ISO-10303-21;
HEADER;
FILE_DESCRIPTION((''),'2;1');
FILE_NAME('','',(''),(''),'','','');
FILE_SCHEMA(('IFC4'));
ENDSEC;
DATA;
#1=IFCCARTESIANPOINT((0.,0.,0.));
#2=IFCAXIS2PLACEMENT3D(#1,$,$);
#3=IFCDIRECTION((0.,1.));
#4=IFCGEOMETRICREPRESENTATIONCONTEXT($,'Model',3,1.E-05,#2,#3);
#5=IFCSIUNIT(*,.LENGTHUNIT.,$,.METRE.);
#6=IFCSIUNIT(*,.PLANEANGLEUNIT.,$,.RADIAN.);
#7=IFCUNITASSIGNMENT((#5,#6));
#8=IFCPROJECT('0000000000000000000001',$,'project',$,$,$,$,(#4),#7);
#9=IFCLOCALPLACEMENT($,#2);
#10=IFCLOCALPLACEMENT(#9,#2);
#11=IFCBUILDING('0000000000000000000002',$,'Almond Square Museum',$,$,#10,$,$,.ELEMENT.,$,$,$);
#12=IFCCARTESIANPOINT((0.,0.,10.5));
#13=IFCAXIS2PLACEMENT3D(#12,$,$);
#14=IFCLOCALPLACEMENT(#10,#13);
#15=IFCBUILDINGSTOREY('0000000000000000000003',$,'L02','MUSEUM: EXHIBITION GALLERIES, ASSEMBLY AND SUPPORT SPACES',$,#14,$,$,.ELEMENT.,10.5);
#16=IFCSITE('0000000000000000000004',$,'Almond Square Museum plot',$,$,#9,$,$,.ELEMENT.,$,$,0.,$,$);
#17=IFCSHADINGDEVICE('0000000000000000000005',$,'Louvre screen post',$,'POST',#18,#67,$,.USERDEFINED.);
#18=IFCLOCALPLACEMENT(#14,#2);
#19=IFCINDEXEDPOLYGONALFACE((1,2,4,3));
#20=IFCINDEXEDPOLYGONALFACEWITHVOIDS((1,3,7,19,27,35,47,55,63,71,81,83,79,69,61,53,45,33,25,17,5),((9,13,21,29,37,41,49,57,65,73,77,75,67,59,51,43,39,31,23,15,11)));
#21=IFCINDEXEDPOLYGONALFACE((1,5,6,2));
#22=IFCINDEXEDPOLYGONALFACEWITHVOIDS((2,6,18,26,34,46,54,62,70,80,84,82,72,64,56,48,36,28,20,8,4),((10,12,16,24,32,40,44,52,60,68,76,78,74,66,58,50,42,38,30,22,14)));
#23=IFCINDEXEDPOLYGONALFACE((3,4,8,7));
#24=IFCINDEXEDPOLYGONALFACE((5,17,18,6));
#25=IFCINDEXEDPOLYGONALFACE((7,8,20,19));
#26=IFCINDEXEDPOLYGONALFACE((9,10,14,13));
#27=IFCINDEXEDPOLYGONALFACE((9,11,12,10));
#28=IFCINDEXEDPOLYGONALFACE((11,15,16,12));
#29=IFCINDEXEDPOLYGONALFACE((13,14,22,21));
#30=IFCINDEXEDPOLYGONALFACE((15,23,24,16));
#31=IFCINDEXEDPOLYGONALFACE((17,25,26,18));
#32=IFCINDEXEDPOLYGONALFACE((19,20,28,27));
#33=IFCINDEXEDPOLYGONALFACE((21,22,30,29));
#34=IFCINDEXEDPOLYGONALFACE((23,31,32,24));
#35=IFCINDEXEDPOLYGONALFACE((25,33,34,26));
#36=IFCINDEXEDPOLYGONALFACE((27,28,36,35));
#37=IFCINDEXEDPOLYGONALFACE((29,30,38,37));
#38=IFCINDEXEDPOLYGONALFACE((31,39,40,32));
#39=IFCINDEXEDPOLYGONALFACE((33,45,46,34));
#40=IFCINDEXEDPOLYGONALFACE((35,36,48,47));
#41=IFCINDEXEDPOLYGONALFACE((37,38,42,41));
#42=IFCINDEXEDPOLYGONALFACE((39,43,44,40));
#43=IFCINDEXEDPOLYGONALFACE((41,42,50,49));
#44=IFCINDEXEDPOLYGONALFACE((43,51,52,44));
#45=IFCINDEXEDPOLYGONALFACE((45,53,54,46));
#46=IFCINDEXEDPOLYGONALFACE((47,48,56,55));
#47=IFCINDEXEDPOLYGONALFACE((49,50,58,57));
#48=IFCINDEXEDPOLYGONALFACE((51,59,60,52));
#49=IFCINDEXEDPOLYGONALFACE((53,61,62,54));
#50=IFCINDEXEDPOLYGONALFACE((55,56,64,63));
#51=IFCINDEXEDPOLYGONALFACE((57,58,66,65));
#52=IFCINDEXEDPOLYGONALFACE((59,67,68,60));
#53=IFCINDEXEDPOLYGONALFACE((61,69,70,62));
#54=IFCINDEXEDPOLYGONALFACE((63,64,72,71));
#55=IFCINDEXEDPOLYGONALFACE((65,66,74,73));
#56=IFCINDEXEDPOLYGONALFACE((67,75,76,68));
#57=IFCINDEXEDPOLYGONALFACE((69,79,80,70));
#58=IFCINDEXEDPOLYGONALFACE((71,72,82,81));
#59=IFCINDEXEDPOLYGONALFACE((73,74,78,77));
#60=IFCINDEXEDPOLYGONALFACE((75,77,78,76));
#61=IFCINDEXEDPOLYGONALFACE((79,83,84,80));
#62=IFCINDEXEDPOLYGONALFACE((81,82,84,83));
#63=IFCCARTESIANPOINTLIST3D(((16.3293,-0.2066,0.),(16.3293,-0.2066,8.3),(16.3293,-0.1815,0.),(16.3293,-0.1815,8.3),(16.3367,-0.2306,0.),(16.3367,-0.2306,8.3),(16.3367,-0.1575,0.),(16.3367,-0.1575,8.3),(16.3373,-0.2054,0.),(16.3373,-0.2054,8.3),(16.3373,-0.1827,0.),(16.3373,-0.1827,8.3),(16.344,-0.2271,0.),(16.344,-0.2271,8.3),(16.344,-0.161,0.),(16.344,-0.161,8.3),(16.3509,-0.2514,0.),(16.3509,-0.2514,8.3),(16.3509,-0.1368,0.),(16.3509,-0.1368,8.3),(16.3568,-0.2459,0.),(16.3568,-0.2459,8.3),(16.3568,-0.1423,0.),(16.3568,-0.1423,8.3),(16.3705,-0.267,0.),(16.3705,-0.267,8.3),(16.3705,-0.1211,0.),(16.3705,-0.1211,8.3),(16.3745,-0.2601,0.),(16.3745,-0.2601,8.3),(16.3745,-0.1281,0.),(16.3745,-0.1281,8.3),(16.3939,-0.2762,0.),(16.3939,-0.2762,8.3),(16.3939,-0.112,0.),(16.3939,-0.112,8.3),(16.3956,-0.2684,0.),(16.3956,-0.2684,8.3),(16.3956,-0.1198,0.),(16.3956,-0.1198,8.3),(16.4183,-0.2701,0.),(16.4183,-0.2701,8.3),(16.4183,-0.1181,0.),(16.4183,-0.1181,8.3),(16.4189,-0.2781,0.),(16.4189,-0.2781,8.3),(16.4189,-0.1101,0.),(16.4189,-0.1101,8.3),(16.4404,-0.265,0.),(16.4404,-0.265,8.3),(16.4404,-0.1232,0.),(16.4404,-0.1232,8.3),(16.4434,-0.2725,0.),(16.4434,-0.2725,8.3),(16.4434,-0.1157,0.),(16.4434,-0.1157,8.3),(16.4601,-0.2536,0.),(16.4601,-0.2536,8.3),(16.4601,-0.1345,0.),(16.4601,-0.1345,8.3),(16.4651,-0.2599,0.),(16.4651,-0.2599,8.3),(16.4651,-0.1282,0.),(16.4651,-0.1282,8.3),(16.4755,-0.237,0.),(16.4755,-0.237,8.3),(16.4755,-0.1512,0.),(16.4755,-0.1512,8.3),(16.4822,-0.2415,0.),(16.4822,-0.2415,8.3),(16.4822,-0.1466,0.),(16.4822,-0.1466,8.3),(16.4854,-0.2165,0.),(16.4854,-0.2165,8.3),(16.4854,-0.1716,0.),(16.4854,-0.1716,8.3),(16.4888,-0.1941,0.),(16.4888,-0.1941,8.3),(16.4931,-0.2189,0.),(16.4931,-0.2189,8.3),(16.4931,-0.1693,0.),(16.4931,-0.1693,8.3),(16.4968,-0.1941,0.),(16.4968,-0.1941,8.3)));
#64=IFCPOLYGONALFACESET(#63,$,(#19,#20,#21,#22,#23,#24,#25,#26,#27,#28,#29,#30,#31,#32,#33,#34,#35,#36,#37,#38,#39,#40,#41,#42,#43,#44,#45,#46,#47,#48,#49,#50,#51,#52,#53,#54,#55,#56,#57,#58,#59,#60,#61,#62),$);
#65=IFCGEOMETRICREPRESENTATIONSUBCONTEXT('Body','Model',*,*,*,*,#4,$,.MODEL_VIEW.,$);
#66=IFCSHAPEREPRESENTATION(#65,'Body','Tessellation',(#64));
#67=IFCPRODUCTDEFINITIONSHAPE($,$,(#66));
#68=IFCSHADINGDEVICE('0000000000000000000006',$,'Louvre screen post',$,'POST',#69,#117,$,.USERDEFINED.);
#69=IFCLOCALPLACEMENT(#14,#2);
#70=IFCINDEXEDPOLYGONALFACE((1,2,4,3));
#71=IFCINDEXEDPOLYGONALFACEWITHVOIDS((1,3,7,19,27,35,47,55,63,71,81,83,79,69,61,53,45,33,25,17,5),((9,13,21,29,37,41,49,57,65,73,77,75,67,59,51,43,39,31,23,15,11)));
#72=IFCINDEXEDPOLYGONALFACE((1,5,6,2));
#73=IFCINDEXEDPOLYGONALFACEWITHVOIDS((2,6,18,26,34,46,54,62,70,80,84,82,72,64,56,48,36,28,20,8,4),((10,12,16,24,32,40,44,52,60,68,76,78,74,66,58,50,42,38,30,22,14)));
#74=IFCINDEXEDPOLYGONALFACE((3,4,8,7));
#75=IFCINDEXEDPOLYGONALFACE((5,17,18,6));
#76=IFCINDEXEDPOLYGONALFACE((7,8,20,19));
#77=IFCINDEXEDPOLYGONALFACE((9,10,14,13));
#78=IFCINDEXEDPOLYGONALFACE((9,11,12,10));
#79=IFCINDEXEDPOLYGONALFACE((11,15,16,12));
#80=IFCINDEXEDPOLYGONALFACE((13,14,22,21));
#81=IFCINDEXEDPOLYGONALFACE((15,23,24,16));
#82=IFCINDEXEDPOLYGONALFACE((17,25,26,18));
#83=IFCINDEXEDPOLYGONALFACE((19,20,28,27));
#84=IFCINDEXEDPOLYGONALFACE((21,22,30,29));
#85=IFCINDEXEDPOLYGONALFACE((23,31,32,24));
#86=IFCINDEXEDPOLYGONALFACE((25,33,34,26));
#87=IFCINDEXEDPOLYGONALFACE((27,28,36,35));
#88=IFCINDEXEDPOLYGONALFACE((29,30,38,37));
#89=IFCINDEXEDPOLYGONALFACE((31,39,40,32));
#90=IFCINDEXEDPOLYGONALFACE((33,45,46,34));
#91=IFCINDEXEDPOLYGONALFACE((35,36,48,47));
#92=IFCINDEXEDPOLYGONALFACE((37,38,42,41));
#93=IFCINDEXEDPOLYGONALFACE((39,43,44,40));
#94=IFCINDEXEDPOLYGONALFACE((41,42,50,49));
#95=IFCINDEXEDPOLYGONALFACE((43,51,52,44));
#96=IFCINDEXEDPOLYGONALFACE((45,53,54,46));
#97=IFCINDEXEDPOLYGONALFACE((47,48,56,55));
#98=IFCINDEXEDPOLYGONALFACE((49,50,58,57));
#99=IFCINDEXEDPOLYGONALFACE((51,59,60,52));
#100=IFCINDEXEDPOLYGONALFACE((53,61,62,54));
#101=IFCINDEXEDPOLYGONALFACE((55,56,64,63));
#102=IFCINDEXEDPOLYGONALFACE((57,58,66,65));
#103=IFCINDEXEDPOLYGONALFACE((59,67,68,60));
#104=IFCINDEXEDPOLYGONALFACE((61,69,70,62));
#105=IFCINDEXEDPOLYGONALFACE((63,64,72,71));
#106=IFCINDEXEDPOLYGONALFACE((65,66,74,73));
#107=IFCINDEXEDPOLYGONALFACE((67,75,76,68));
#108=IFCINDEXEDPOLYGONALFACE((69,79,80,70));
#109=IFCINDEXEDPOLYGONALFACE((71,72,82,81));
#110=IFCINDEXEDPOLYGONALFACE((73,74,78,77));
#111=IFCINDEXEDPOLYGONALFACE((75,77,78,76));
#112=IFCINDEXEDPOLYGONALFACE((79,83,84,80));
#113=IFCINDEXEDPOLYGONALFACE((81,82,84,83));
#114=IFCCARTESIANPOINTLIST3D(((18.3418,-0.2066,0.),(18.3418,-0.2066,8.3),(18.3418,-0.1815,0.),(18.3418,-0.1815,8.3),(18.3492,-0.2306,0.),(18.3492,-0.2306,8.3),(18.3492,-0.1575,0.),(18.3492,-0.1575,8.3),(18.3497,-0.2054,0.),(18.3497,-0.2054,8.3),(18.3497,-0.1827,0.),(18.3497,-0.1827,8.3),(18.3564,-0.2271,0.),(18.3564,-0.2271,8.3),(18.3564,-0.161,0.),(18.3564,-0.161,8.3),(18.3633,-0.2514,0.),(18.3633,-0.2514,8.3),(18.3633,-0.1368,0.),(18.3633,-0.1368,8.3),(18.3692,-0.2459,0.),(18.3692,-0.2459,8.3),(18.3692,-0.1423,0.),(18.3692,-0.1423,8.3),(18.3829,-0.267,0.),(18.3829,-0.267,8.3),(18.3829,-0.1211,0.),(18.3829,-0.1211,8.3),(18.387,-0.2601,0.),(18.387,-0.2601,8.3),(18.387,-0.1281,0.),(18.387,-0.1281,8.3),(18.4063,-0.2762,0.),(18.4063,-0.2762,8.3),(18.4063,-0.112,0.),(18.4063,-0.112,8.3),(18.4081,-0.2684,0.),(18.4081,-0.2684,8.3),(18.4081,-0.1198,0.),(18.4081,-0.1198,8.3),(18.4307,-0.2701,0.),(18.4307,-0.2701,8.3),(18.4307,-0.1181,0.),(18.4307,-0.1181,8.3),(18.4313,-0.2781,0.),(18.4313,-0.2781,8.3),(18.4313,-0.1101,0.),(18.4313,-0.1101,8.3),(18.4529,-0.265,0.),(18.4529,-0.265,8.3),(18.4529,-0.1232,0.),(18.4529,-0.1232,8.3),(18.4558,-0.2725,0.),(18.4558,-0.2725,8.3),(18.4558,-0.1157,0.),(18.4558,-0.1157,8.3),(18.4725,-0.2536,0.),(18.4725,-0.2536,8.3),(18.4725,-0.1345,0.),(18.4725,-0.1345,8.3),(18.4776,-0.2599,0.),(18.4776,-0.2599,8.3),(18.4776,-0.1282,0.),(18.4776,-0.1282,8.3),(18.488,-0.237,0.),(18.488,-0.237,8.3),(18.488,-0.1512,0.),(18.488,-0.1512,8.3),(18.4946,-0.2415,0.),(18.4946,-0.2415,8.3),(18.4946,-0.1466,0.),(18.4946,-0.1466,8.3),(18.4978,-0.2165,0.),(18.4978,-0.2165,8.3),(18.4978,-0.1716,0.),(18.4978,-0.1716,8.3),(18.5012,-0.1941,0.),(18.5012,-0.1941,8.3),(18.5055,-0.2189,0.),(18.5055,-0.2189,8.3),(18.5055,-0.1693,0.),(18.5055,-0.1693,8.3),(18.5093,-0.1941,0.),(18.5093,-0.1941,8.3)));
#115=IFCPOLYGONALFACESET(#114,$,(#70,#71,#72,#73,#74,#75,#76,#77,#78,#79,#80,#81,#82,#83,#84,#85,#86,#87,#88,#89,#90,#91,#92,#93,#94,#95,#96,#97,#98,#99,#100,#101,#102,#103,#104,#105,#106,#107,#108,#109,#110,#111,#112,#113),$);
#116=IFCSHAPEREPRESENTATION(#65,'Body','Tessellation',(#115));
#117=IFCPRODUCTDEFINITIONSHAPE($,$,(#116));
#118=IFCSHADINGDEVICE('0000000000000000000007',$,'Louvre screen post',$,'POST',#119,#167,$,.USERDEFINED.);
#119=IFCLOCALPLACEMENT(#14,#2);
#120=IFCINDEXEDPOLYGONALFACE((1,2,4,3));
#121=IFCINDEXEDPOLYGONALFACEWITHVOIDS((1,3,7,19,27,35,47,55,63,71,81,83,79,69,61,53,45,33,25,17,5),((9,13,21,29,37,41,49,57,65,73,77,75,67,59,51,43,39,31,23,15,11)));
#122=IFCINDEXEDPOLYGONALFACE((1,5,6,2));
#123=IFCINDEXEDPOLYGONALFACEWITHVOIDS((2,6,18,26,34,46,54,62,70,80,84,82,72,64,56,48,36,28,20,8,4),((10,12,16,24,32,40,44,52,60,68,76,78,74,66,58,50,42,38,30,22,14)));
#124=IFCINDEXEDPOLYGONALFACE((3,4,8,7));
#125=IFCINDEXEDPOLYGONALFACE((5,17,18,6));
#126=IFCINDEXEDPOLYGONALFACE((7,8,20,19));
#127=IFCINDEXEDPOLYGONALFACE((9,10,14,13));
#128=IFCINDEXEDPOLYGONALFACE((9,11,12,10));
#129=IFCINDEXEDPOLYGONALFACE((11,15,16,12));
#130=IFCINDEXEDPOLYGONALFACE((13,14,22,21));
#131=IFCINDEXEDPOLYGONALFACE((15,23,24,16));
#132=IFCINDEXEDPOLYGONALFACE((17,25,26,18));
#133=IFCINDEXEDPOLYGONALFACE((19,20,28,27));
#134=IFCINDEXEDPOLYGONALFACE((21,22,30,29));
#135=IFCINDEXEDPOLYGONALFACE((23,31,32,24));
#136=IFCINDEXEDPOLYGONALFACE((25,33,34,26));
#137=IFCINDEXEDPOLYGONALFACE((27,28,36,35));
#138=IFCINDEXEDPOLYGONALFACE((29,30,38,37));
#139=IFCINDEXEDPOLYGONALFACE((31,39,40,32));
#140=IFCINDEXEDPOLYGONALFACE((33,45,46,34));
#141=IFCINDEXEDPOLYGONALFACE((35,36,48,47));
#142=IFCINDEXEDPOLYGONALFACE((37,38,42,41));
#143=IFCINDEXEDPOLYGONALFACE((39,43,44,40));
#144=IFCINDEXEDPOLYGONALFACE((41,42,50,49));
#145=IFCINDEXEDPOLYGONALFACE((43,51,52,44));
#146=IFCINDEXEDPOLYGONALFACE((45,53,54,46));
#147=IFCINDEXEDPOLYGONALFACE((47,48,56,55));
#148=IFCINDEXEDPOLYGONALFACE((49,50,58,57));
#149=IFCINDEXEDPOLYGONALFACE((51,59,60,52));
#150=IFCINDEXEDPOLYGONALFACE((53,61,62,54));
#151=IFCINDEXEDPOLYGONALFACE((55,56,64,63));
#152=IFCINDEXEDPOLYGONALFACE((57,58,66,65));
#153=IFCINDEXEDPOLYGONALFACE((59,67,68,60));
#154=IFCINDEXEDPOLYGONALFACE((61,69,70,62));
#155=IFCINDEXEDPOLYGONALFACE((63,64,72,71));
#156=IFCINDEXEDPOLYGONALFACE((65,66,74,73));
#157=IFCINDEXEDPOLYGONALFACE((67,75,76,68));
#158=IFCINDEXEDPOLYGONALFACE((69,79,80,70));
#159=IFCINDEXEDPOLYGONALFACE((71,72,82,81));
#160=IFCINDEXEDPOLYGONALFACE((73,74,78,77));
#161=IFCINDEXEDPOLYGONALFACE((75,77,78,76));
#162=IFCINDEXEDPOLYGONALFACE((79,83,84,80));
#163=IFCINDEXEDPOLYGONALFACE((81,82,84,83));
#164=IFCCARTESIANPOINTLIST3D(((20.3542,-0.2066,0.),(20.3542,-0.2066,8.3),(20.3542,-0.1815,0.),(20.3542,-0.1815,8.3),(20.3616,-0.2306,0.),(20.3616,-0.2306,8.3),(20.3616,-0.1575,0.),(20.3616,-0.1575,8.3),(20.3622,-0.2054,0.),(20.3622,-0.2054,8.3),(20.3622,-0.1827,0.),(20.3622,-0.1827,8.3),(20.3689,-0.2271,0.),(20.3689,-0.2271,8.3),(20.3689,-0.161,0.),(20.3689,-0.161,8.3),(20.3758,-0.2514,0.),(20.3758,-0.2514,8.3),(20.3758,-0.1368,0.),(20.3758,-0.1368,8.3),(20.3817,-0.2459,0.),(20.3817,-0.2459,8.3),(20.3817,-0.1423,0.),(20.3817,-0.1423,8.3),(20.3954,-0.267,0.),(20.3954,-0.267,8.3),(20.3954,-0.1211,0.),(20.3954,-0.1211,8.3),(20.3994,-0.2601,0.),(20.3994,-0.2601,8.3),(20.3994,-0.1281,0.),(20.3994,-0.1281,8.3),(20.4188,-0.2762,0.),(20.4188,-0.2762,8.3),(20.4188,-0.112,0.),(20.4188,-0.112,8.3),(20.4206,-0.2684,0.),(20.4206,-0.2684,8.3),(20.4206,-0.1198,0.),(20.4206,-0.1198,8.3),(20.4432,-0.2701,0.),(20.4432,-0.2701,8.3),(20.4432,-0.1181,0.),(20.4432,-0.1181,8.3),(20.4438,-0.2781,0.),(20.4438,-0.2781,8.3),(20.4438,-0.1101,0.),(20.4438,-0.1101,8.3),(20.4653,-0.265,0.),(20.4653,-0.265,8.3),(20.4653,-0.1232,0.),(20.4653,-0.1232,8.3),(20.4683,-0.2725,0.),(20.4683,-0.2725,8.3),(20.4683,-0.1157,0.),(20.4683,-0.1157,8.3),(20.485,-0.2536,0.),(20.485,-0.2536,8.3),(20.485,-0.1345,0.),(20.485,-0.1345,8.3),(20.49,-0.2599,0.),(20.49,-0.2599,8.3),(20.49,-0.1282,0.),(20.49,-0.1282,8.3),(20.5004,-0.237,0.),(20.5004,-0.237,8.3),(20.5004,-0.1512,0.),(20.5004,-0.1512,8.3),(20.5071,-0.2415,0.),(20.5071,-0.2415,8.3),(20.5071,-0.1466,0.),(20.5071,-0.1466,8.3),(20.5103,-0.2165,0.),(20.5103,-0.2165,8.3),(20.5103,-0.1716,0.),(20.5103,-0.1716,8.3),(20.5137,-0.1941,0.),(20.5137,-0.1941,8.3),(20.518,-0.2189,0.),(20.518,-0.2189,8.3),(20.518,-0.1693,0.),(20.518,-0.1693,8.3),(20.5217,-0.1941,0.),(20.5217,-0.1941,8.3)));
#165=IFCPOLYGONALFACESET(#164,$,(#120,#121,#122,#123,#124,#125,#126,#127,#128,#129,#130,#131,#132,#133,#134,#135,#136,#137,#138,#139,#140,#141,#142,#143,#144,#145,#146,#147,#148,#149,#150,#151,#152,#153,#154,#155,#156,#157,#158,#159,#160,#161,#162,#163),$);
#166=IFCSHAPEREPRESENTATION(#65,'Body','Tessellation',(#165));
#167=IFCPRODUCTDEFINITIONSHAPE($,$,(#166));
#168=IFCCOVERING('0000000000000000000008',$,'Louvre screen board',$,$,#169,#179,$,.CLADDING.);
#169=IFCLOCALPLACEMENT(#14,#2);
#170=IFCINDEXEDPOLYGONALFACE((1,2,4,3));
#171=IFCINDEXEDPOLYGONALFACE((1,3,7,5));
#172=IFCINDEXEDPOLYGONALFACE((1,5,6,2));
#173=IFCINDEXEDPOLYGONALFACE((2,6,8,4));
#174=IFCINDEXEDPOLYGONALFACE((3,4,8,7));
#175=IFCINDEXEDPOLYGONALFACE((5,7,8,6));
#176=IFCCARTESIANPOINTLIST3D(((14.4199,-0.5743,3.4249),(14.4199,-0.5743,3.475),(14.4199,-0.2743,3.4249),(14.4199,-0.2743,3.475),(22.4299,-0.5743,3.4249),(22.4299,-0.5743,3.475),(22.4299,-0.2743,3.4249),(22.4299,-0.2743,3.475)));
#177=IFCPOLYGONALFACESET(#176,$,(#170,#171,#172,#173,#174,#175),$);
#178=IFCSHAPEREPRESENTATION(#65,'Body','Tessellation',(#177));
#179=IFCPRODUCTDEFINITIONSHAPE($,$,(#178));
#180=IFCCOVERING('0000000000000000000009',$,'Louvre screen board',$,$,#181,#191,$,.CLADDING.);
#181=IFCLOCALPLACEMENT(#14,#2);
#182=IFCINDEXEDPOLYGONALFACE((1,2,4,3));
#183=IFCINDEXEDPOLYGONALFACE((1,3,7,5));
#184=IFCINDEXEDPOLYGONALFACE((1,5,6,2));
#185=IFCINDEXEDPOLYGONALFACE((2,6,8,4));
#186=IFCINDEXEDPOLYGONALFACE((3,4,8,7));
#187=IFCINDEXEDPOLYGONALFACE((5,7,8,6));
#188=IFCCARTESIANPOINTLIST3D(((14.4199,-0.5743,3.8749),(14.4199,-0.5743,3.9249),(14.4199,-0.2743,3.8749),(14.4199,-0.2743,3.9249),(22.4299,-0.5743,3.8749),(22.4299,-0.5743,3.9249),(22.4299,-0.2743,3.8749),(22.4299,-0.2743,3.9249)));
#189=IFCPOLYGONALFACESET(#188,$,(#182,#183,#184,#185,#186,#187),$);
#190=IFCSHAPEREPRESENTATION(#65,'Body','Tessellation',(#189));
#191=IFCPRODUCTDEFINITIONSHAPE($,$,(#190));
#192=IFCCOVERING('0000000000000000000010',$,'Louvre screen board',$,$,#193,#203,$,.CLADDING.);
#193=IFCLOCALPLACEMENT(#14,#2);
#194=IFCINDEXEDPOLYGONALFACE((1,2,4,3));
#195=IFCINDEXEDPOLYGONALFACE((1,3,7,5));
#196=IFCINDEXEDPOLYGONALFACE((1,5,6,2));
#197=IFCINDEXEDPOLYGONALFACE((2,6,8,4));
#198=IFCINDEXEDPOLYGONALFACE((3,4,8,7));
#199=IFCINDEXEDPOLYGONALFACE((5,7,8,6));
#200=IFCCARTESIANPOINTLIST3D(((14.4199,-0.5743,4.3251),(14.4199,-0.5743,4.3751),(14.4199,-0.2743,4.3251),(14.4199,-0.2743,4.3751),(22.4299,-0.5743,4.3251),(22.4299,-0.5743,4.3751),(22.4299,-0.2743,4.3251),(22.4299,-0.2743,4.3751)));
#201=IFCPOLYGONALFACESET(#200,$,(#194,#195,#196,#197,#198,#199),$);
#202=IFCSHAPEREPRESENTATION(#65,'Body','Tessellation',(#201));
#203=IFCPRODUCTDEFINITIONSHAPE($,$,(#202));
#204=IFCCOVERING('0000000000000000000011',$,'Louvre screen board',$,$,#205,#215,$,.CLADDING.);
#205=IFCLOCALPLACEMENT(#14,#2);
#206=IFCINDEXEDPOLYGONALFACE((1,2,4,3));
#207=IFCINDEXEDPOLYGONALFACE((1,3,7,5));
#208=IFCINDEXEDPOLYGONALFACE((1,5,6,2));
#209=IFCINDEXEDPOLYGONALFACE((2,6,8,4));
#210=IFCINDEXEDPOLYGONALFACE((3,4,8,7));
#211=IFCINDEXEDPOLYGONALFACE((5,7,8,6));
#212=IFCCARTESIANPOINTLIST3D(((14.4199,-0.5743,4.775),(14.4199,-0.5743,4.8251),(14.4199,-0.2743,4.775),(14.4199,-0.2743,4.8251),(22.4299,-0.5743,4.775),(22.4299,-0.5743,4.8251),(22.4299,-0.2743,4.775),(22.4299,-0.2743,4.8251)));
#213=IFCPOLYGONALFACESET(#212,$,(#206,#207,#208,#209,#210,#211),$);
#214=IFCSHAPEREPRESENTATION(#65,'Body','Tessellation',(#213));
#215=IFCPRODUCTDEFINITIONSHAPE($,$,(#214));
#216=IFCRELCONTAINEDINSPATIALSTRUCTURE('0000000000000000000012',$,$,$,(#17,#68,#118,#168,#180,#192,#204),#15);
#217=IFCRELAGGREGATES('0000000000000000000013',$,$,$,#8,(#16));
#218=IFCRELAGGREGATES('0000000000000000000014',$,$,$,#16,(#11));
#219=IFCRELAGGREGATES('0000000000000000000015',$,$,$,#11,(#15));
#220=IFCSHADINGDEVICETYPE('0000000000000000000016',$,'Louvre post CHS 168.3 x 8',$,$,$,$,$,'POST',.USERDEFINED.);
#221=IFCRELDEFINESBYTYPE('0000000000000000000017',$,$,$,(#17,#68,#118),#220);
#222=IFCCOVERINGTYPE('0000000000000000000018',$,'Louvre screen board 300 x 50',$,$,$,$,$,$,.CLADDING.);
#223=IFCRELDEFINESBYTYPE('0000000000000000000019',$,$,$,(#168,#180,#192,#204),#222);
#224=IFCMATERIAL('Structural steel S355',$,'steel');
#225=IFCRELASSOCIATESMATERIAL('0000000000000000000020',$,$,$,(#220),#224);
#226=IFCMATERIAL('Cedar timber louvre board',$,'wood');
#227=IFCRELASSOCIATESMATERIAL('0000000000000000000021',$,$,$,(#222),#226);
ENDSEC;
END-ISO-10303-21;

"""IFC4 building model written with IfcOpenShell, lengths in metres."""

from ifc_helpers import new_model, si_unit, direction, frame, origin, origin_2d, place, context, subcontext, project, spatial, rectangle, hollow_circle, extrude, material, material_profile, profile_set, type_object, element, save


model = new_model("IFC4")

# Units and contexts
model_context = context("Model", 3, precision=1e-05, world=origin(), true_north=direction((0.0, 1.0)))
body_context = subcontext(model_context, "Body", "Model", "MODEL_VIEW")
ifc_project = project(units=[si_unit("LENGTHUNIT", "METRE"), si_unit("PLANEANGLEUNIT", "RADIAN")], contexts=[model_context])

# Site, building, storey
site_placement = place(None, origin())
site = spatial("IfcSite", under=ifc_project, at=site_placement, Name="Almond Square Museum plot", CompositionType="ELEMENT", RefElevation=0.0)
building_placement = place(site_placement, origin())
building = spatial("IfcBuilding", under=site, at=building_placement, Name="Almond Square Museum", CompositionType="ELEMENT")
storey_placement = place(building_placement, frame((0.0, 0.0, 10.5)))
storey = spatial("IfcBuildingStorey", under=building, at=storey_placement, Name="L02", Description="MUSEUM: EXHIBITION GALLERIES, ASSEMBLY AND SUPPORT SPACES", CompositionType="ELEMENT", Elevation=10.5)

# Shading devices
ifc_material_1 = material(Name="Structural steel S355", Category="steel")
ifc_material_profile_1 = material_profile(ifc_material_1, hollow_circle(Radius=0.0842, WallThickness=0.0081, at=origin_2d()))
ifc_profile_set_1 = profile_set([ifc_material_profile_1], Name="Structural steel S355")
shading_device_type = type_object("IfcShadingDeviceType", Name="Louvre post CHS 168.3 x 8", ElementType="POST", PredefinedType="USERDEFINED", material=ifc_profile_set_1)
for number, where, z_axis, x_axis, name in (
    (1, (16.4126, -0.1941, 0.0), (0.0, 0.0, 1.0), (1.0, 0.0, 0.0), "Louvre screen post"),
    (2, (18.425, -0.1941, 0.0), (0.0, 0.0, 1.0), (1.0, 0.0, 0.0), "Louvre screen post"),
    (3, (20.4375, -0.1941, 0.0), (0.0, 0.0, 1.0), (1.0, 0.0, 0.0), "Louvre screen post"),
):
    element("IfcShadingDevice", number, at=place(storey_placement, frame(where, z_axis=z_axis, x_axis=x_axis)), inside=storey, type_object=shading_device_type, Name=name, ObjectType="POST", PredefinedType="USERDEFINED", context=body_context, shape_type="SweptSolid", body=[
        extrude(hollow_circle(Radius=0.0842, WallThickness=0.0081, at=origin_2d()), origin(), (0.0, 0.0, 1.0), 8.3),
    ])

# Coverings
ifc_material_2 = material(Name="Cedar timber louvre board", Category="wood")
ifc_material_profile_2 = material_profile(ifc_material_2, rectangle(XDim=0.3, YDim=0.05, at=origin_2d()))
ifc_profile_set_2 = profile_set([ifc_material_profile_2], Name="Cedar timber louvre board")
covering_type = type_object("IfcCoveringType", Name="Louvre screen board 300 x 50", PredefinedType="CLADDING", material=ifc_profile_set_2)
for number, where, z_axis, x_axis, name in (
    (4, (14.4199, -0.4243, 3.45), (1.0, 0.0, 0.0), (0.0, 1.0, 0.0), "Louvre screen board"),
    (5, (14.4199, -0.4243, 3.8999), (1.0, 0.0, 0.0), (0.0, 1.0, 0.0), "Louvre screen board"),
    (6, (14.4199, -0.4243, 4.3501), (1.0, 0.0, 0.0), (0.0, 1.0, 0.0), "Louvre screen board"),
    (7, (14.4199, -0.4243, 4.8), (1.0, 0.0, 0.0), (0.0, 1.0, 0.0), "Louvre screen board"),
):
    element("IfcCovering", number, at=place(storey_placement, frame(where, z_axis=z_axis, x_axis=x_axis)), inside=storey, type_object=covering_type, Name=name, PredefinedType="CLADDING", context=body_context, shape_type="SweptSolid", body=[
        extrude(rectangle(XDim=0.3, YDim=0.05, at=origin_2d()), origin(), (0.0, 0.0, 1.0), 8.01),
    ])

save(model, "model.ifc")
